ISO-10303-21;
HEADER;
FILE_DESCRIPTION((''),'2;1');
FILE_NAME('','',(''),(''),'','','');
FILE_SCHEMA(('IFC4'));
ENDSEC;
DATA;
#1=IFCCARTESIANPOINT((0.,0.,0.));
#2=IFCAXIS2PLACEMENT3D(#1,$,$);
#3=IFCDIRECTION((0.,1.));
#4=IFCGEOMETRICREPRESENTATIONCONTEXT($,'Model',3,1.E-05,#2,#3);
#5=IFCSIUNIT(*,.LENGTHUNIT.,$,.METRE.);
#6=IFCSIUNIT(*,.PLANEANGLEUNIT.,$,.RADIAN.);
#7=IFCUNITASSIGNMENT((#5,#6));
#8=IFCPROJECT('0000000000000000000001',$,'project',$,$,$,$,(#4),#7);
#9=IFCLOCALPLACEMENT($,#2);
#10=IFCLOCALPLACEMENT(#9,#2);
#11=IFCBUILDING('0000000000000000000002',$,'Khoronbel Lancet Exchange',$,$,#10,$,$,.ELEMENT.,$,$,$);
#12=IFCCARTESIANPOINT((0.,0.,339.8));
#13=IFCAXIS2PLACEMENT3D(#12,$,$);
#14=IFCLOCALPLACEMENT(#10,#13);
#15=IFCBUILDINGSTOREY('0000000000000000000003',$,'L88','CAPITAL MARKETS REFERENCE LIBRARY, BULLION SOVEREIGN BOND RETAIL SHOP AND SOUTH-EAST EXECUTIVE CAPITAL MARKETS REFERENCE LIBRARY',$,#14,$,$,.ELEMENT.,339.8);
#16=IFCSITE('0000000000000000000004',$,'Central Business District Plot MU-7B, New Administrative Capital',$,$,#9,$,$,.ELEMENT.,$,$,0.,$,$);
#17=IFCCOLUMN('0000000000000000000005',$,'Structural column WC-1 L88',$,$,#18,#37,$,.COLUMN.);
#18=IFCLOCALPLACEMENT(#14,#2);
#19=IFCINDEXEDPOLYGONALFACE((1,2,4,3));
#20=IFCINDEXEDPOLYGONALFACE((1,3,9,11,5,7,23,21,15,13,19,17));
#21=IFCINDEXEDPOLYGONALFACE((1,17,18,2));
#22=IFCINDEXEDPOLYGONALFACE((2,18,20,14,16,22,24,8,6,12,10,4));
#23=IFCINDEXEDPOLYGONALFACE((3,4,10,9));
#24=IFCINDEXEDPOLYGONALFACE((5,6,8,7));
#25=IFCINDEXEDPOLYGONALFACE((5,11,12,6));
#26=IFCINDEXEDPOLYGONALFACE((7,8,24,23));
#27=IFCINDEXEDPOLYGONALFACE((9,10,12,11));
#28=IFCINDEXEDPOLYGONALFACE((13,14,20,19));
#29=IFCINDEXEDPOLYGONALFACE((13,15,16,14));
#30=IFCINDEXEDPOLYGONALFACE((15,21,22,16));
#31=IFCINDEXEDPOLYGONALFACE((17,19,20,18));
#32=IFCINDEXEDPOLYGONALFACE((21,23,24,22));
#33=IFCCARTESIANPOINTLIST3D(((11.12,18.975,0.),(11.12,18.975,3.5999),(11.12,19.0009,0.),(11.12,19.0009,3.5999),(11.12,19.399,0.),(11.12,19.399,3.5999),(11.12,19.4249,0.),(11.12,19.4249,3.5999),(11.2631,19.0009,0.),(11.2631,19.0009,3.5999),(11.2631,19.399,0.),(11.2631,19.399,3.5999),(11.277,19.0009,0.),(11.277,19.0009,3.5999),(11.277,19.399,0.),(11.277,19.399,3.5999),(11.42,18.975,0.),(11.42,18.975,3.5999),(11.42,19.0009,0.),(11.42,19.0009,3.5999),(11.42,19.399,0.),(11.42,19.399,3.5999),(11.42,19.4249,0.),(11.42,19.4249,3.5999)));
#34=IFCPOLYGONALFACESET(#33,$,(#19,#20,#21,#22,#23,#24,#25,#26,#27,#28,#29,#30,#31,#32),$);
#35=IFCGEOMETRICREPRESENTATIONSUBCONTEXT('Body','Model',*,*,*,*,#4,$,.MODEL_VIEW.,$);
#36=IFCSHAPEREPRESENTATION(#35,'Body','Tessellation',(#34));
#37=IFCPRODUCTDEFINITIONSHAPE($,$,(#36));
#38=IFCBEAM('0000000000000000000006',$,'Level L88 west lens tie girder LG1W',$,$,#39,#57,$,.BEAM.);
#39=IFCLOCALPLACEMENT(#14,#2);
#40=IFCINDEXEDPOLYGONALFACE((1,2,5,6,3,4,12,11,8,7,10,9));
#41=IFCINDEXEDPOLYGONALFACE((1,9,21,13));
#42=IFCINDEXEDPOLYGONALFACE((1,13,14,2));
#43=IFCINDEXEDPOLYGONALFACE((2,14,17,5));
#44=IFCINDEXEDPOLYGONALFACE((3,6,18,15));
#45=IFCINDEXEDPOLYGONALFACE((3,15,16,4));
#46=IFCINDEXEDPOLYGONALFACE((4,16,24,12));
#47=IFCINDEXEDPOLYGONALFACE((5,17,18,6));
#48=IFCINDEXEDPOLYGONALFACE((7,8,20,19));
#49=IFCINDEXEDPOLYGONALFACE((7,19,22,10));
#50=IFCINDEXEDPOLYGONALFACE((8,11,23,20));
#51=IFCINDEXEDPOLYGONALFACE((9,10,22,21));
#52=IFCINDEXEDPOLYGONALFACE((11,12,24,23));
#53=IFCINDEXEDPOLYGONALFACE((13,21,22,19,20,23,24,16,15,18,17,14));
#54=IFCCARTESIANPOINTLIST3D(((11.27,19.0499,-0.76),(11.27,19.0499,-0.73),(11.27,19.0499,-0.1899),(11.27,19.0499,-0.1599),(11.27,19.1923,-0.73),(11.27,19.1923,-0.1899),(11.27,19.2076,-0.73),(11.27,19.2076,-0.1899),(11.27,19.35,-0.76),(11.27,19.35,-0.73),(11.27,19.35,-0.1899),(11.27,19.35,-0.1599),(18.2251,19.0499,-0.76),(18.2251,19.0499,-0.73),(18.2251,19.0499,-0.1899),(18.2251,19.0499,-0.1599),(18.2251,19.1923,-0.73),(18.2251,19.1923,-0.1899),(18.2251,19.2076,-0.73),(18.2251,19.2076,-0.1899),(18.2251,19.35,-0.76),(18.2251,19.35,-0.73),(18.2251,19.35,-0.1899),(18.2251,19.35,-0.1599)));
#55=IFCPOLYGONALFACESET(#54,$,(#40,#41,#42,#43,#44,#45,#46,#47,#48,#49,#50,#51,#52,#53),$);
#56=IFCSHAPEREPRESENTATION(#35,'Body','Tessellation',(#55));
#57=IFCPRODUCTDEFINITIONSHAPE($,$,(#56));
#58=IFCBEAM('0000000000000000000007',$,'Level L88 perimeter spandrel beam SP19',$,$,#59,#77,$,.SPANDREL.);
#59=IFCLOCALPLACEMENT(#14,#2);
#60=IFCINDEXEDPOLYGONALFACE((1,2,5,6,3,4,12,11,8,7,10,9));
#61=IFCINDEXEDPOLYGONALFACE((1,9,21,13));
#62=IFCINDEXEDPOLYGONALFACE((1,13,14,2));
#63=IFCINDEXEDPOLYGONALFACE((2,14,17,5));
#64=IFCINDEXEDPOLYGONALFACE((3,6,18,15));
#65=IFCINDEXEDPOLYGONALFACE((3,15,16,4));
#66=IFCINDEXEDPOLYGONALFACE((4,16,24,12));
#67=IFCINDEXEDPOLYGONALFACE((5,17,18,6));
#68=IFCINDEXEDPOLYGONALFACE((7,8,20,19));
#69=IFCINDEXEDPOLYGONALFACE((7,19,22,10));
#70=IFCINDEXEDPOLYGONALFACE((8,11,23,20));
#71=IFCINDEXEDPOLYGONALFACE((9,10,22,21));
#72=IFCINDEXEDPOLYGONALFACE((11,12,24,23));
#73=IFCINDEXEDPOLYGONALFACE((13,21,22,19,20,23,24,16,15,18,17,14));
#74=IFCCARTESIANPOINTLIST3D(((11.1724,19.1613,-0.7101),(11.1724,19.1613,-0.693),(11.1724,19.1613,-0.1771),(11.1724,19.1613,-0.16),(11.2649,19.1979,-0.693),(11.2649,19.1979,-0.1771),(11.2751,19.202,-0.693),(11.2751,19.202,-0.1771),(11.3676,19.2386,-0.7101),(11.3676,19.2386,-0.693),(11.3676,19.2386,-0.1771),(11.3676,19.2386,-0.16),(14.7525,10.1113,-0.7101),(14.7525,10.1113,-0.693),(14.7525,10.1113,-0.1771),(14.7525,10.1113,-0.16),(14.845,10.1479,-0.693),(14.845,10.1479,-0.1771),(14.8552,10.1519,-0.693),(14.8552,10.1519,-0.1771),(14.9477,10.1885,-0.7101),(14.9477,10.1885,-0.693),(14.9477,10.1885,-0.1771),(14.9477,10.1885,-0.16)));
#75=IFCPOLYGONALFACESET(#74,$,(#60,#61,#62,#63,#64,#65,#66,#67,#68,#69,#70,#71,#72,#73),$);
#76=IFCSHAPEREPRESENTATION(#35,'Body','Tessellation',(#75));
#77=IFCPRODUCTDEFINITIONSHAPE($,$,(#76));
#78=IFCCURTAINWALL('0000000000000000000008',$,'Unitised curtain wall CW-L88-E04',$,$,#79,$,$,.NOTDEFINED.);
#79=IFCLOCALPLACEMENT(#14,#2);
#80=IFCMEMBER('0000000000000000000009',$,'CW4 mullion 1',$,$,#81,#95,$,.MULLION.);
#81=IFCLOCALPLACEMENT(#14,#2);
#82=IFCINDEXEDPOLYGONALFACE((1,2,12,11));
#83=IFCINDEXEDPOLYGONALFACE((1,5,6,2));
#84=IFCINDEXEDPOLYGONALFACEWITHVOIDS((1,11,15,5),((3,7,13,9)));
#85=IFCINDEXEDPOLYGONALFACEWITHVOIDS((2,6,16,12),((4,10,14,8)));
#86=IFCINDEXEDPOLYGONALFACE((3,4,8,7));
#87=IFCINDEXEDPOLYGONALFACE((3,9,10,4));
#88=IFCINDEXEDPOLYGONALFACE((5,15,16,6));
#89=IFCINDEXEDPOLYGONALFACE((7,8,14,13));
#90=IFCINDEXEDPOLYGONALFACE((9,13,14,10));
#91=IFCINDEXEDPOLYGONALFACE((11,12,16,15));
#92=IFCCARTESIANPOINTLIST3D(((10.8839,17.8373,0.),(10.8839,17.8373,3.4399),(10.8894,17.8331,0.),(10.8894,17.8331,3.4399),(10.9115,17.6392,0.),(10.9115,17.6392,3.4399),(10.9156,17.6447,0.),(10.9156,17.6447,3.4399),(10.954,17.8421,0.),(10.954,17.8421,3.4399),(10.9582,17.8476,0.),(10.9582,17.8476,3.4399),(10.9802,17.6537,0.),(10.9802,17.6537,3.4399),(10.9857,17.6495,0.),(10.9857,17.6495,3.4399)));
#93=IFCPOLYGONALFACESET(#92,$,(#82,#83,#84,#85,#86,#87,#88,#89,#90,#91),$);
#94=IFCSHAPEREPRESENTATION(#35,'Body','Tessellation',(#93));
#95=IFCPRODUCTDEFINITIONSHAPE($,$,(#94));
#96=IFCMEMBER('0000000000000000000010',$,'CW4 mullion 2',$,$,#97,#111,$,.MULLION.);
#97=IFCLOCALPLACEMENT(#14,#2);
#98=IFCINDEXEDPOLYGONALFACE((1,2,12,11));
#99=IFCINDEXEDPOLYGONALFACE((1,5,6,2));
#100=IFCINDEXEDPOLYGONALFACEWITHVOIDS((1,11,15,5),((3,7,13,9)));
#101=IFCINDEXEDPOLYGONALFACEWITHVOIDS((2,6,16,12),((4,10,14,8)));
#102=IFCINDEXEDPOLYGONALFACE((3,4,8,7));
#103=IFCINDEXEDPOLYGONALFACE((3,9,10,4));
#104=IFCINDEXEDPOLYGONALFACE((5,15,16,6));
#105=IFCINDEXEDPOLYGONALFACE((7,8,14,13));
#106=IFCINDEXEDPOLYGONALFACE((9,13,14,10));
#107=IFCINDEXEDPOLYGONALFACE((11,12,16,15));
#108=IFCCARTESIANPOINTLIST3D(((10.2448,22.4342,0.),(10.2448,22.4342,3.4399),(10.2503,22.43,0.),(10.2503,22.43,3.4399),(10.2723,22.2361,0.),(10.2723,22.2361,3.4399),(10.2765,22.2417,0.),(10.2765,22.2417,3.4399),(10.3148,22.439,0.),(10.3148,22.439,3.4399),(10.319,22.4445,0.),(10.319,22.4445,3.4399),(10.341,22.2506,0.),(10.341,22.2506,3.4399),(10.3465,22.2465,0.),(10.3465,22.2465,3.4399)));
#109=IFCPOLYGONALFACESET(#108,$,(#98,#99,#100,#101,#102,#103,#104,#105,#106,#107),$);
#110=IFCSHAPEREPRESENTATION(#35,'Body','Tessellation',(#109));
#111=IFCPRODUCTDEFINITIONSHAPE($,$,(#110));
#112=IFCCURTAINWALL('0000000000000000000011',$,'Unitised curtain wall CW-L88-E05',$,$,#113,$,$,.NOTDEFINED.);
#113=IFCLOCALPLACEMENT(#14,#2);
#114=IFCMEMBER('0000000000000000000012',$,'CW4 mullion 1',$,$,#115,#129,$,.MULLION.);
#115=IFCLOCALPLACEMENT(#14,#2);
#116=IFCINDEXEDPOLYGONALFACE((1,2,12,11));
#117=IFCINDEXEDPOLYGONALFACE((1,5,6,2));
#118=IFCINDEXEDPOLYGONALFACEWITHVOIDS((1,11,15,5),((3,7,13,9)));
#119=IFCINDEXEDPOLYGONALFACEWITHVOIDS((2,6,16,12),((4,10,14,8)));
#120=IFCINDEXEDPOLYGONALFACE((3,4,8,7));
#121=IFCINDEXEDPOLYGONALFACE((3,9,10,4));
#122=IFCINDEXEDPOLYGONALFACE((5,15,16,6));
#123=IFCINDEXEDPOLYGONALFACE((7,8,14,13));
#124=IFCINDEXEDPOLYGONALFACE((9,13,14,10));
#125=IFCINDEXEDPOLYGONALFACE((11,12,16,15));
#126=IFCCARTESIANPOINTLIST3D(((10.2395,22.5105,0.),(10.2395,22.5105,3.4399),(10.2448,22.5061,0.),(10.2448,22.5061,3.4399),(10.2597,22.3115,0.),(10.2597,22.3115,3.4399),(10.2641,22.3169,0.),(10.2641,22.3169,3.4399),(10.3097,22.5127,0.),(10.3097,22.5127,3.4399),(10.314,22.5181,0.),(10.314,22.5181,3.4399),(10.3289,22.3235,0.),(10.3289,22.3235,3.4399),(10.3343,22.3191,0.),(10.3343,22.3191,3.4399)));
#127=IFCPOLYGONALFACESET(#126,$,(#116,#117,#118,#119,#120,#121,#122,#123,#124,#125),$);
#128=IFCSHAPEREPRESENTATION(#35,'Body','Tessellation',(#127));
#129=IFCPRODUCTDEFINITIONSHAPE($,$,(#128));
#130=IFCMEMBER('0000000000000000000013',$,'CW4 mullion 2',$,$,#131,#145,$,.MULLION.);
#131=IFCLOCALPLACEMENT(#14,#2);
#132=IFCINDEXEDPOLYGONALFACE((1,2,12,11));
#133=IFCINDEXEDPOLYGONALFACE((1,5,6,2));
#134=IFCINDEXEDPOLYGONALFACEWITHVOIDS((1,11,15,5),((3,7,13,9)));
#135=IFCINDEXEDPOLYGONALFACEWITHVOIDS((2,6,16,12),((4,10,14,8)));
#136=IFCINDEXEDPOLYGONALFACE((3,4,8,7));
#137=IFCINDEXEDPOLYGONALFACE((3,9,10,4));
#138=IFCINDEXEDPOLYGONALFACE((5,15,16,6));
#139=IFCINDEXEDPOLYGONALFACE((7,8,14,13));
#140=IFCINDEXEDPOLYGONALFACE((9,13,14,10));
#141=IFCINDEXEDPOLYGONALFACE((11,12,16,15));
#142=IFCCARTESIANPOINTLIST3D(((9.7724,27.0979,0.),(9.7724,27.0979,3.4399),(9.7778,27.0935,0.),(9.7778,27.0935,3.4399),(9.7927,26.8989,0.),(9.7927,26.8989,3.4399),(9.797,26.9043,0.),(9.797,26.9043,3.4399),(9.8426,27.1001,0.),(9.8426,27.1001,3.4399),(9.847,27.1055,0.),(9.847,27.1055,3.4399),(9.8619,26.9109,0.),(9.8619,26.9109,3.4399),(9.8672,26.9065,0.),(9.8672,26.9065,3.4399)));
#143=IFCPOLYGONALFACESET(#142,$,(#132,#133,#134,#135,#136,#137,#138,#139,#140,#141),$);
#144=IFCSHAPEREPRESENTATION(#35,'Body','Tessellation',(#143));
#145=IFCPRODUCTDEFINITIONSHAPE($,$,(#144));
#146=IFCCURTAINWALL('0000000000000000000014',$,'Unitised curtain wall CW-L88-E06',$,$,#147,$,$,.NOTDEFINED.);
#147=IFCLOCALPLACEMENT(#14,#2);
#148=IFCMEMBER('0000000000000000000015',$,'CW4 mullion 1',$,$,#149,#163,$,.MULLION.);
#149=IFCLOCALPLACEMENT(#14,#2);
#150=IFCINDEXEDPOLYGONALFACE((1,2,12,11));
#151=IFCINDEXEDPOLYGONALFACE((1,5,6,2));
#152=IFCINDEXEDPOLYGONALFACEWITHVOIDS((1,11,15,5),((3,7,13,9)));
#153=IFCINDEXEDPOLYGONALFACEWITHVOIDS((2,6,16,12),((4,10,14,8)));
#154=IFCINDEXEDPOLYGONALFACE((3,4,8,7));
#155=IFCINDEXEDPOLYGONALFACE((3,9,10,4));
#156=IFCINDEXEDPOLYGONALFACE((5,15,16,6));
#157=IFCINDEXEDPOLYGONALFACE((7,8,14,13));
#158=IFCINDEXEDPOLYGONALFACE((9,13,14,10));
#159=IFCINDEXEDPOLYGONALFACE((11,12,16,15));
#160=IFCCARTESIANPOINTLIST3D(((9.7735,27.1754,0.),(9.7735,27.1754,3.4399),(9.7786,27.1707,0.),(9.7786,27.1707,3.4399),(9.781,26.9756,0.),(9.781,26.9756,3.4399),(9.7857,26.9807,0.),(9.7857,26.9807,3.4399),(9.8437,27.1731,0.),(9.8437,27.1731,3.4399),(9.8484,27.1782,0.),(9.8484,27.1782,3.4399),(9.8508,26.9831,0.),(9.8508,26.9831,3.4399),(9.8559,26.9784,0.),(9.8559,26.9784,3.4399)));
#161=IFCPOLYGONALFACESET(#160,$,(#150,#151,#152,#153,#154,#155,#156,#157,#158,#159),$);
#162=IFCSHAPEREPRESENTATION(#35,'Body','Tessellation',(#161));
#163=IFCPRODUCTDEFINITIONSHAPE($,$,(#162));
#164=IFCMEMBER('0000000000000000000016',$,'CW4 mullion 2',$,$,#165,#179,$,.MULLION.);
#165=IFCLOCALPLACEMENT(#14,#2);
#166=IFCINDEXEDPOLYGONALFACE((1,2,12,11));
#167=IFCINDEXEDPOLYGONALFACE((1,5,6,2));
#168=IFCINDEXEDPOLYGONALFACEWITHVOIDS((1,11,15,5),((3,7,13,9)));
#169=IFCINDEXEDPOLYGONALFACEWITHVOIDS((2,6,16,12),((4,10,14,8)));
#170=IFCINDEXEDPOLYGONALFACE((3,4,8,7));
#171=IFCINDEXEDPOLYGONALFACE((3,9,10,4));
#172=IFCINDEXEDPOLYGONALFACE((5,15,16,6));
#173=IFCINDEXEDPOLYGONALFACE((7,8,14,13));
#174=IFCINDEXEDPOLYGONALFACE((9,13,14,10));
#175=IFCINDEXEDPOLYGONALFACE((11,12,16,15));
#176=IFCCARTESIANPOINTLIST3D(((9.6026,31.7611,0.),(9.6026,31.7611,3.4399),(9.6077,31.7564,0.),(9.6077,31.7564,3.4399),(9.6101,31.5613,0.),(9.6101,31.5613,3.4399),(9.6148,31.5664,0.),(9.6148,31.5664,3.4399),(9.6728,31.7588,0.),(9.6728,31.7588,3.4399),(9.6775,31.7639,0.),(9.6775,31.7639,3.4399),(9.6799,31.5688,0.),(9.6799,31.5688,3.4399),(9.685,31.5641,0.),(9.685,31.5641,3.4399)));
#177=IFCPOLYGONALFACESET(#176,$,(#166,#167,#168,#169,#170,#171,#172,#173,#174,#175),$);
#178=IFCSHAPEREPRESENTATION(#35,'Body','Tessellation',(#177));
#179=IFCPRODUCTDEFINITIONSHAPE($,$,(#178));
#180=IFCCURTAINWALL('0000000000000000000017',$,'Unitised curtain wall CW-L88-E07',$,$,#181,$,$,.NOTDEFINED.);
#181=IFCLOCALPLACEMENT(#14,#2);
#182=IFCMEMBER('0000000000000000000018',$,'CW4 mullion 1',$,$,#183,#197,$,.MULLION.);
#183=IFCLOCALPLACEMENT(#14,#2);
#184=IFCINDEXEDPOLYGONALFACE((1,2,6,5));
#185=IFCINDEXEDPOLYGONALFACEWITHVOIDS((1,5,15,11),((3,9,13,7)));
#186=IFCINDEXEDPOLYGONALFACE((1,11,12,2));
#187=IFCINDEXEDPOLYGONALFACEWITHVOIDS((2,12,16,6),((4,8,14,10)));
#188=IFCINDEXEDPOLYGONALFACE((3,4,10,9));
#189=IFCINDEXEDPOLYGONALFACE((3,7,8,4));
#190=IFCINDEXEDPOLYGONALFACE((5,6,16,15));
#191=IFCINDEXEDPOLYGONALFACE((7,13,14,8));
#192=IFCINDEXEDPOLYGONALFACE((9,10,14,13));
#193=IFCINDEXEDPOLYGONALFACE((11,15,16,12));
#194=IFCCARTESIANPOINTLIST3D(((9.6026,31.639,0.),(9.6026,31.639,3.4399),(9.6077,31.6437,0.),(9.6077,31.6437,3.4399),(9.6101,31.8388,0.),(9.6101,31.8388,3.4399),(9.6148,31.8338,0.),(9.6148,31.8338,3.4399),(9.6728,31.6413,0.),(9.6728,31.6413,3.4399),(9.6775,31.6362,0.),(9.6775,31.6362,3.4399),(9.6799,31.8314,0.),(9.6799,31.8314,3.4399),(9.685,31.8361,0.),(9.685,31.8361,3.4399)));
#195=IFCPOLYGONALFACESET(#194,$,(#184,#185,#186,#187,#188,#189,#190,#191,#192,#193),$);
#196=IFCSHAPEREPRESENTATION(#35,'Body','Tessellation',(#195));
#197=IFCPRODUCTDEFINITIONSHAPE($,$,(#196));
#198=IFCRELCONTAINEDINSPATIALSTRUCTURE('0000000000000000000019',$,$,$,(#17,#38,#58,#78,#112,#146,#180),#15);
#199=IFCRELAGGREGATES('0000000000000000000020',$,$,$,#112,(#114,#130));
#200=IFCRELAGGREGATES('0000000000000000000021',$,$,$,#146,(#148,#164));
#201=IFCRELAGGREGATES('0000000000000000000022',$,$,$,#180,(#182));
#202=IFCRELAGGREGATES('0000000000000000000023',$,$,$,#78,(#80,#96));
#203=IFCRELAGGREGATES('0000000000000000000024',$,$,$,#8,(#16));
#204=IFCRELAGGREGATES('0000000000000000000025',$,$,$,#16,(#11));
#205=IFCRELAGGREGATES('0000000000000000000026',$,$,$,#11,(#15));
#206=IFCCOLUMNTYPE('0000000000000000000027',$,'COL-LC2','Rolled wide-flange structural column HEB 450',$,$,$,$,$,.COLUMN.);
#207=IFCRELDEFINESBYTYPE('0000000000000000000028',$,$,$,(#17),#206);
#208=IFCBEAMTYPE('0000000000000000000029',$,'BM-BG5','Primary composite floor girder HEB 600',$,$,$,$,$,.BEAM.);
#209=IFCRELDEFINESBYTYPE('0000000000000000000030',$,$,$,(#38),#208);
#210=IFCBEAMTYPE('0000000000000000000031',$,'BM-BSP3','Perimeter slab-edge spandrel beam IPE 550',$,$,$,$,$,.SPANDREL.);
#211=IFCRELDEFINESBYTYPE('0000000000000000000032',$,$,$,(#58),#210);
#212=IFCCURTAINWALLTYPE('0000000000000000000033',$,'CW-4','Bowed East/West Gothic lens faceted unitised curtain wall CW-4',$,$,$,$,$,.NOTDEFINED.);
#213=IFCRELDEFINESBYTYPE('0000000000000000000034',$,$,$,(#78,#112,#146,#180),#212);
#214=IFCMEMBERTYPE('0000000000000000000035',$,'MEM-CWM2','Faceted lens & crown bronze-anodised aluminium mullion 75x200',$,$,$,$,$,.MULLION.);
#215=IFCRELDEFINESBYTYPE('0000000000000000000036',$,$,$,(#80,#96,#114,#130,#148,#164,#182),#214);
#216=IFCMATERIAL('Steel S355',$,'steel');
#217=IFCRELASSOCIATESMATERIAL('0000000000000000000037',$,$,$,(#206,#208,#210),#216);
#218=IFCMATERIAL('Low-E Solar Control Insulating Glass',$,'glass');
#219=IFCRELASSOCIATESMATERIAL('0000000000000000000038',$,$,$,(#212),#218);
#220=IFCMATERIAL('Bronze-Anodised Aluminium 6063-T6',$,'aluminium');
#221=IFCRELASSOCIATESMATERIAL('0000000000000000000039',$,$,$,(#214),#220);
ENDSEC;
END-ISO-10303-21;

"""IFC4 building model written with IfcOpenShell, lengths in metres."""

from ifc_helpers import new_model, si_unit, direction, frame, origin, origin_2d, place, context, subcontext, project, spatial, hollow_rectangle, i_section, extrude, material, material_profile, profile_set, type_object, element, aggregate, save


model = new_model("IFC4")

# Units and contexts
model_context = context("Model", 3, precision=1e-05, world=origin(), true_north=direction((0.0, 1.0)))
body_context = subcontext(model_context, "Body", "Model", "MODEL_VIEW")
ifc_project = project(units=[si_unit("LENGTHUNIT", "METRE"), si_unit("PLANEANGLEUNIT", "RADIAN")], contexts=[model_context])

# Site, building, storey
site_placement = place(None, origin())
site = spatial("IfcSite", under=ifc_project, at=site_placement, Name="Central Business District Plot MU-7B, New Administrative Capital", CompositionType="ELEMENT", RefElevation=0.0)
building_placement = place(site_placement, origin())
building = spatial("IfcBuilding", under=site, at=building_placement, Name="Khoronbel Lancet Exchange", CompositionType="ELEMENT")
storey_placement = place(building_placement, frame((0.0, 0.0, 339.8)))
storey = spatial("IfcBuildingStorey", under=building, at=storey_placement, Name="L88", Description="CAPITAL MARKETS REFERENCE LIBRARY, BULLION SOVEREIGN BOND RETAIL SHOP AND SOUTH-EAST EXECUTIVE CAPITAL MARKETS REFERENCE LIBRARY", CompositionType="ELEMENT", Elevation=339.8)

# Column
ifc_material_1 = material(Name="Steel S355", Category="steel")
ifc_material_profile_1 = material_profile(ifc_material_1, i_section(OverallWidth=0.3, OverallDepth=0.45, WebThickness=0.0139, FlangeThickness=0.0259, at=origin_2d()), Name="HEB 450")
ifc_profile_set_1 = profile_set([ifc_material_profile_1], Name="Steel S355")
column_type = type_object("IfcColumnType", Name="COL-LC2", Description="Rolled wide-flange structural column HEB 450", PredefinedType="COLUMN", material=ifc_profile_set_1)
column_placement = place(storey_placement, frame((11.27, 19.2, 0.0), z_axis=(0.0, 0.0, 1.0), x_axis=(1.0, 0.0, 0.0)))
element("IfcColumn", 1, at=column_placement, inside=storey, type_object=column_type, Name="Structural column WC-1 L88", PredefinedType="COLUMN", context=body_context, shape_type="SweptSolid", body=[
    extrude(i_section(OverallWidth=0.3, OverallDepth=0.45, WebThickness=0.0139, FlangeThickness=0.0259, at=origin_2d()), origin(), (0.0, 0.0, 1.0), 3.5999),
])

# Beams
ifc_material_profile_2 = material_profile(ifc_material_1, i_section(OverallWidth=0.3, OverallDepth=0.6001, WebThickness=0.0154, FlangeThickness=0.03, at=origin_2d()), Name="HEB 600")
ifc_profile_set_2 = profile_set([ifc_material_profile_2], Name="Steel S355")
beam_type_1 = type_object("IfcBeamType", Name="BM-BG5", Description="Primary composite floor girder HEB 600", PredefinedType="BEAM", material=ifc_profile_set_2)
beam_1_placement = place(storey_placement, frame((11.27, 19.2, -0.46), z_axis=(1.0, 0.0, 0.0), x_axis=(0.0, 1.0, 0.0)))
element("IfcBeam", 2, at=beam_1_placement, inside=storey, type_object=beam_type_1, Name="Level L88 west lens tie girder LG1W", PredefinedType="BEAM", context=body_context, shape_type="SweptSolid", body=[
    extrude(i_section(OverallWidth=0.3, OverallDepth=0.6001, WebThickness=0.0154, FlangeThickness=0.03, at=origin_2d()), origin(), (0.0, 0.0, 1.0), 6.9551),
])
ifc_material_profile_3 = material_profile(ifc_material_1, i_section(OverallWidth=0.21, OverallDepth=0.55, WebThickness=0.011, FlangeThickness=0.0171, at=origin_2d()), Name="IPE 550")
ifc_profile_set_3 = profile_set([ifc_material_profile_3], Name="Steel S355")
beam_type_2 = type_object("IfcBeamType", Name="BM-BSP3", Description="Perimeter slab-edge spandrel beam IPE 550", PredefinedType="SPANDREL", material=ifc_profile_set_3)
beam_2_placement = place(storey_placement, frame((11.27, 19.2, -0.4351), z_axis=(0.36785, -0.929885, 0.0), x_axis=(0.929885, 0.36785, 0.0)))
element("IfcBeam", 3, at=beam_2_placement, inside=storey, type_object=beam_type_2, Name="Level L88 perimeter spandrel beam SP19", PredefinedType="SPANDREL", context=body_context, shape_type="SweptSolid", body=[
    extrude(i_section(OverallWidth=0.21, OverallDepth=0.55, WebThickness=0.011, FlangeThickness=0.0171, at=origin_2d()), origin(), (0.0, 0.0, 1.0), 9.7324),
])

# Curtain walls, members
ifc_material_2 = material(Name="Low-E Solar Control Insulating Glass", Category="glass")
curtain_wall_type = type_object("IfcCurtainWallType", Name="CW-4", Description="Bowed East/West Gothic lens faceted unitised curtain wall CW-4", PredefinedType="NOTDEFINED", material=ifc_material_2)
curtain_wall_1_placement = place(storey_placement, origin())
curtain_wall_1 = element("IfcCurtainWall", 4, at=curtain_wall_1_placement, inside=storey, type_object=curtain_wall_type, Name="Unitised curtain wall CW-L88-E04", PredefinedType="NOTDEFINED")
ifc_material_3 = material(Name="Bronze-Anodised Aluminium 6063-T6", Category="aluminium")
ifc_material_profile_4 = material_profile(ifc_material_3, hollow_rectangle(XDim=0.075, YDim=0.2, WallThickness=0.0049, at=origin_2d()), Name="ALU MULLION 75x200")
ifc_profile_set_4 = profile_set([ifc_material_profile_4], Name="Bronze-Anodised Aluminium 6063-T6")
member_type_1 = type_object("IfcMemberType", Name="MEM-CWM2", Description="Faceted lens & crown bronze-anodised aluminium mullion 75x200", PredefinedType="MULLION", material=ifc_profile_set_4)
member_1_placement = place(storey_placement, frame((10.9348, 17.7434, 0.0), z_axis=(0.0, 0.0, 1.0), x_axis=(-0.990475, -0.137695, 0.0)))
member_1 = element("IfcMember", 5, at=member_1_placement, type_object=member_type_1, Name="CW4 mullion 1", PredefinedType="MULLION", context=body_context, shape_type="SweptSolid", body=[
    extrude(hollow_rectangle(XDim=0.075, YDim=0.2, WallThickness=0.0049, at=origin_2d()), origin(), (0.0, 0.0, 1.0), 3.4399),
])
member_2_placement = place(storey_placement, frame((10.2957, 22.3403, 0.0), z_axis=(0.0, 0.0, 1.0), x_axis=(-0.990475, -0.137695, 0.0)))
member_2 = element("IfcMember", 6, at=member_2_placement, type_object=member_type_1, Name="CW4 mullion 2", PredefinedType="MULLION", context=body_context, shape_type="SweptSolid", body=[
    extrude(hollow_rectangle(XDim=0.075, YDim=0.2, WallThickness=0.0049, at=origin_2d()), origin(), (0.0, 0.0, 1.0), 3.4399),
])
curtain_wall_2_placement = place(storey_placement, origin())
curtain_wall_2 = element("IfcCurtainWall", 7, at=curtain_wall_2_placement, inside=storey, type_object=curtain_wall_type, Name="Unitised curtain wall CW-L88-E05", PredefinedType="NOTDEFINED")
member_3_placement = place(storey_placement, frame((10.2869, 22.4148, 0.0), z_axis=(0.0, 0.0, 1.0), x_axis=(-0.994858, -0.101278, 0.0)))
member_3 = element("IfcMember", 8, at=member_3_placement, type_object=member_type_1, Name="CW4 mullion 1", PredefinedType="MULLION", context=body_context, shape_type="SweptSolid", body=[
    extrude(hollow_rectangle(XDim=0.075, YDim=0.2, WallThickness=0.0049, at=origin_2d()), origin(), (0.0, 0.0, 1.0), 3.4399),
])
member_4_placement = place(storey_placement, frame((9.8198, 27.0022, 0.0), z_axis=(0.0, 0.0, 1.0), x_axis=(-0.994858, -0.101278, 0.0)))
member_4 = element("IfcMember", 9, at=member_4_placement, type_object=member_type_1, Name="CW4 mullion 2", PredefinedType="MULLION", context=body_context, shape_type="SweptSolid", body=[
    extrude(hollow_rectangle(XDim=0.075, YDim=0.2, WallThickness=0.0049, at=origin_2d()), origin(), (0.0, 0.0, 1.0), 3.4399),
])
curtain_wall_3_placement = place(storey_placement, origin())
curtain_wall_3 = element("IfcCurtainWall", 10, at=curtain_wall_3_placement, inside=storey, type_object=curtain_wall_type, Name="Unitised curtain wall CW-L88-E06", PredefinedType="NOTDEFINED")
member_5_placement = place(storey_placement, frame((9.8147, 27.0769, 0.0), z_axis=(0.0, 0.0, 1.0), x_axis=(-0.999308, -0.037202, 0.0)))
member_5 = element("IfcMember", 11, at=member_5_placement, type_object=member_type_1, Name="CW4 mullion 1", PredefinedType="MULLION", context=body_context, shape_type="SweptSolid", body=[
    extrude(hollow_rectangle(XDim=0.075, YDim=0.2, WallThickness=0.0049, at=origin_2d()), origin(), (0.0, 0.0, 1.0), 3.4399),
])
member_6_placement = place(storey_placement, frame((9.6438, 31.6626, 0.0), z_axis=(0.0, 0.0, 1.0), x_axis=(-0.999308, -0.037202, 0.0)))
member_6 = element("IfcMember", 12, at=member_6_placement, type_object=member_type_1, Name="CW4 mullion 2", PredefinedType="MULLION", context=body_context, shape_type="SweptSolid", body=[
    extrude(hollow_rectangle(XDim=0.075, YDim=0.2, WallThickness=0.0049, at=origin_2d()), origin(), (0.0, 0.0, 1.0), 3.4399),
])

# Curtain wall, member
curtain_wall_4_placement = place(storey_placement, origin())
curtain_wall_4 = element("IfcCurtainWall", 13, at=curtain_wall_4_placement, inside=storey, type_object=curtain_wall_type, Name="Unitised curtain wall CW-L88-E07", PredefinedType="NOTDEFINED")
member_7_placement = place(storey_placement, frame((9.6438, 31.7375, 0.0), z_axis=(0.0, 0.0, 1.0), x_axis=(-0.999308, 0.037202, 0.0)))
member_7 = element("IfcMember", 14, at=member_7_placement, type_object=member_type_1, Name="CW4 mullion 1", PredefinedType="MULLION", context=body_context, shape_type="SweptSolid", body=[
    extrude(hollow_rectangle(XDim=0.075, YDim=0.2, WallThickness=0.0049, at=origin_2d()), origin(), (0.0, 0.0, 1.0), 3.4399),
])

aggregate(curtain_wall_2, [member_3, member_4])
aggregate(curtain_wall_3, [member_5, member_6])
aggregate(curtain_wall_4, [member_7])
aggregate(curtain_wall_1, [member_1, member_2])

save(model, "model.ifc")
